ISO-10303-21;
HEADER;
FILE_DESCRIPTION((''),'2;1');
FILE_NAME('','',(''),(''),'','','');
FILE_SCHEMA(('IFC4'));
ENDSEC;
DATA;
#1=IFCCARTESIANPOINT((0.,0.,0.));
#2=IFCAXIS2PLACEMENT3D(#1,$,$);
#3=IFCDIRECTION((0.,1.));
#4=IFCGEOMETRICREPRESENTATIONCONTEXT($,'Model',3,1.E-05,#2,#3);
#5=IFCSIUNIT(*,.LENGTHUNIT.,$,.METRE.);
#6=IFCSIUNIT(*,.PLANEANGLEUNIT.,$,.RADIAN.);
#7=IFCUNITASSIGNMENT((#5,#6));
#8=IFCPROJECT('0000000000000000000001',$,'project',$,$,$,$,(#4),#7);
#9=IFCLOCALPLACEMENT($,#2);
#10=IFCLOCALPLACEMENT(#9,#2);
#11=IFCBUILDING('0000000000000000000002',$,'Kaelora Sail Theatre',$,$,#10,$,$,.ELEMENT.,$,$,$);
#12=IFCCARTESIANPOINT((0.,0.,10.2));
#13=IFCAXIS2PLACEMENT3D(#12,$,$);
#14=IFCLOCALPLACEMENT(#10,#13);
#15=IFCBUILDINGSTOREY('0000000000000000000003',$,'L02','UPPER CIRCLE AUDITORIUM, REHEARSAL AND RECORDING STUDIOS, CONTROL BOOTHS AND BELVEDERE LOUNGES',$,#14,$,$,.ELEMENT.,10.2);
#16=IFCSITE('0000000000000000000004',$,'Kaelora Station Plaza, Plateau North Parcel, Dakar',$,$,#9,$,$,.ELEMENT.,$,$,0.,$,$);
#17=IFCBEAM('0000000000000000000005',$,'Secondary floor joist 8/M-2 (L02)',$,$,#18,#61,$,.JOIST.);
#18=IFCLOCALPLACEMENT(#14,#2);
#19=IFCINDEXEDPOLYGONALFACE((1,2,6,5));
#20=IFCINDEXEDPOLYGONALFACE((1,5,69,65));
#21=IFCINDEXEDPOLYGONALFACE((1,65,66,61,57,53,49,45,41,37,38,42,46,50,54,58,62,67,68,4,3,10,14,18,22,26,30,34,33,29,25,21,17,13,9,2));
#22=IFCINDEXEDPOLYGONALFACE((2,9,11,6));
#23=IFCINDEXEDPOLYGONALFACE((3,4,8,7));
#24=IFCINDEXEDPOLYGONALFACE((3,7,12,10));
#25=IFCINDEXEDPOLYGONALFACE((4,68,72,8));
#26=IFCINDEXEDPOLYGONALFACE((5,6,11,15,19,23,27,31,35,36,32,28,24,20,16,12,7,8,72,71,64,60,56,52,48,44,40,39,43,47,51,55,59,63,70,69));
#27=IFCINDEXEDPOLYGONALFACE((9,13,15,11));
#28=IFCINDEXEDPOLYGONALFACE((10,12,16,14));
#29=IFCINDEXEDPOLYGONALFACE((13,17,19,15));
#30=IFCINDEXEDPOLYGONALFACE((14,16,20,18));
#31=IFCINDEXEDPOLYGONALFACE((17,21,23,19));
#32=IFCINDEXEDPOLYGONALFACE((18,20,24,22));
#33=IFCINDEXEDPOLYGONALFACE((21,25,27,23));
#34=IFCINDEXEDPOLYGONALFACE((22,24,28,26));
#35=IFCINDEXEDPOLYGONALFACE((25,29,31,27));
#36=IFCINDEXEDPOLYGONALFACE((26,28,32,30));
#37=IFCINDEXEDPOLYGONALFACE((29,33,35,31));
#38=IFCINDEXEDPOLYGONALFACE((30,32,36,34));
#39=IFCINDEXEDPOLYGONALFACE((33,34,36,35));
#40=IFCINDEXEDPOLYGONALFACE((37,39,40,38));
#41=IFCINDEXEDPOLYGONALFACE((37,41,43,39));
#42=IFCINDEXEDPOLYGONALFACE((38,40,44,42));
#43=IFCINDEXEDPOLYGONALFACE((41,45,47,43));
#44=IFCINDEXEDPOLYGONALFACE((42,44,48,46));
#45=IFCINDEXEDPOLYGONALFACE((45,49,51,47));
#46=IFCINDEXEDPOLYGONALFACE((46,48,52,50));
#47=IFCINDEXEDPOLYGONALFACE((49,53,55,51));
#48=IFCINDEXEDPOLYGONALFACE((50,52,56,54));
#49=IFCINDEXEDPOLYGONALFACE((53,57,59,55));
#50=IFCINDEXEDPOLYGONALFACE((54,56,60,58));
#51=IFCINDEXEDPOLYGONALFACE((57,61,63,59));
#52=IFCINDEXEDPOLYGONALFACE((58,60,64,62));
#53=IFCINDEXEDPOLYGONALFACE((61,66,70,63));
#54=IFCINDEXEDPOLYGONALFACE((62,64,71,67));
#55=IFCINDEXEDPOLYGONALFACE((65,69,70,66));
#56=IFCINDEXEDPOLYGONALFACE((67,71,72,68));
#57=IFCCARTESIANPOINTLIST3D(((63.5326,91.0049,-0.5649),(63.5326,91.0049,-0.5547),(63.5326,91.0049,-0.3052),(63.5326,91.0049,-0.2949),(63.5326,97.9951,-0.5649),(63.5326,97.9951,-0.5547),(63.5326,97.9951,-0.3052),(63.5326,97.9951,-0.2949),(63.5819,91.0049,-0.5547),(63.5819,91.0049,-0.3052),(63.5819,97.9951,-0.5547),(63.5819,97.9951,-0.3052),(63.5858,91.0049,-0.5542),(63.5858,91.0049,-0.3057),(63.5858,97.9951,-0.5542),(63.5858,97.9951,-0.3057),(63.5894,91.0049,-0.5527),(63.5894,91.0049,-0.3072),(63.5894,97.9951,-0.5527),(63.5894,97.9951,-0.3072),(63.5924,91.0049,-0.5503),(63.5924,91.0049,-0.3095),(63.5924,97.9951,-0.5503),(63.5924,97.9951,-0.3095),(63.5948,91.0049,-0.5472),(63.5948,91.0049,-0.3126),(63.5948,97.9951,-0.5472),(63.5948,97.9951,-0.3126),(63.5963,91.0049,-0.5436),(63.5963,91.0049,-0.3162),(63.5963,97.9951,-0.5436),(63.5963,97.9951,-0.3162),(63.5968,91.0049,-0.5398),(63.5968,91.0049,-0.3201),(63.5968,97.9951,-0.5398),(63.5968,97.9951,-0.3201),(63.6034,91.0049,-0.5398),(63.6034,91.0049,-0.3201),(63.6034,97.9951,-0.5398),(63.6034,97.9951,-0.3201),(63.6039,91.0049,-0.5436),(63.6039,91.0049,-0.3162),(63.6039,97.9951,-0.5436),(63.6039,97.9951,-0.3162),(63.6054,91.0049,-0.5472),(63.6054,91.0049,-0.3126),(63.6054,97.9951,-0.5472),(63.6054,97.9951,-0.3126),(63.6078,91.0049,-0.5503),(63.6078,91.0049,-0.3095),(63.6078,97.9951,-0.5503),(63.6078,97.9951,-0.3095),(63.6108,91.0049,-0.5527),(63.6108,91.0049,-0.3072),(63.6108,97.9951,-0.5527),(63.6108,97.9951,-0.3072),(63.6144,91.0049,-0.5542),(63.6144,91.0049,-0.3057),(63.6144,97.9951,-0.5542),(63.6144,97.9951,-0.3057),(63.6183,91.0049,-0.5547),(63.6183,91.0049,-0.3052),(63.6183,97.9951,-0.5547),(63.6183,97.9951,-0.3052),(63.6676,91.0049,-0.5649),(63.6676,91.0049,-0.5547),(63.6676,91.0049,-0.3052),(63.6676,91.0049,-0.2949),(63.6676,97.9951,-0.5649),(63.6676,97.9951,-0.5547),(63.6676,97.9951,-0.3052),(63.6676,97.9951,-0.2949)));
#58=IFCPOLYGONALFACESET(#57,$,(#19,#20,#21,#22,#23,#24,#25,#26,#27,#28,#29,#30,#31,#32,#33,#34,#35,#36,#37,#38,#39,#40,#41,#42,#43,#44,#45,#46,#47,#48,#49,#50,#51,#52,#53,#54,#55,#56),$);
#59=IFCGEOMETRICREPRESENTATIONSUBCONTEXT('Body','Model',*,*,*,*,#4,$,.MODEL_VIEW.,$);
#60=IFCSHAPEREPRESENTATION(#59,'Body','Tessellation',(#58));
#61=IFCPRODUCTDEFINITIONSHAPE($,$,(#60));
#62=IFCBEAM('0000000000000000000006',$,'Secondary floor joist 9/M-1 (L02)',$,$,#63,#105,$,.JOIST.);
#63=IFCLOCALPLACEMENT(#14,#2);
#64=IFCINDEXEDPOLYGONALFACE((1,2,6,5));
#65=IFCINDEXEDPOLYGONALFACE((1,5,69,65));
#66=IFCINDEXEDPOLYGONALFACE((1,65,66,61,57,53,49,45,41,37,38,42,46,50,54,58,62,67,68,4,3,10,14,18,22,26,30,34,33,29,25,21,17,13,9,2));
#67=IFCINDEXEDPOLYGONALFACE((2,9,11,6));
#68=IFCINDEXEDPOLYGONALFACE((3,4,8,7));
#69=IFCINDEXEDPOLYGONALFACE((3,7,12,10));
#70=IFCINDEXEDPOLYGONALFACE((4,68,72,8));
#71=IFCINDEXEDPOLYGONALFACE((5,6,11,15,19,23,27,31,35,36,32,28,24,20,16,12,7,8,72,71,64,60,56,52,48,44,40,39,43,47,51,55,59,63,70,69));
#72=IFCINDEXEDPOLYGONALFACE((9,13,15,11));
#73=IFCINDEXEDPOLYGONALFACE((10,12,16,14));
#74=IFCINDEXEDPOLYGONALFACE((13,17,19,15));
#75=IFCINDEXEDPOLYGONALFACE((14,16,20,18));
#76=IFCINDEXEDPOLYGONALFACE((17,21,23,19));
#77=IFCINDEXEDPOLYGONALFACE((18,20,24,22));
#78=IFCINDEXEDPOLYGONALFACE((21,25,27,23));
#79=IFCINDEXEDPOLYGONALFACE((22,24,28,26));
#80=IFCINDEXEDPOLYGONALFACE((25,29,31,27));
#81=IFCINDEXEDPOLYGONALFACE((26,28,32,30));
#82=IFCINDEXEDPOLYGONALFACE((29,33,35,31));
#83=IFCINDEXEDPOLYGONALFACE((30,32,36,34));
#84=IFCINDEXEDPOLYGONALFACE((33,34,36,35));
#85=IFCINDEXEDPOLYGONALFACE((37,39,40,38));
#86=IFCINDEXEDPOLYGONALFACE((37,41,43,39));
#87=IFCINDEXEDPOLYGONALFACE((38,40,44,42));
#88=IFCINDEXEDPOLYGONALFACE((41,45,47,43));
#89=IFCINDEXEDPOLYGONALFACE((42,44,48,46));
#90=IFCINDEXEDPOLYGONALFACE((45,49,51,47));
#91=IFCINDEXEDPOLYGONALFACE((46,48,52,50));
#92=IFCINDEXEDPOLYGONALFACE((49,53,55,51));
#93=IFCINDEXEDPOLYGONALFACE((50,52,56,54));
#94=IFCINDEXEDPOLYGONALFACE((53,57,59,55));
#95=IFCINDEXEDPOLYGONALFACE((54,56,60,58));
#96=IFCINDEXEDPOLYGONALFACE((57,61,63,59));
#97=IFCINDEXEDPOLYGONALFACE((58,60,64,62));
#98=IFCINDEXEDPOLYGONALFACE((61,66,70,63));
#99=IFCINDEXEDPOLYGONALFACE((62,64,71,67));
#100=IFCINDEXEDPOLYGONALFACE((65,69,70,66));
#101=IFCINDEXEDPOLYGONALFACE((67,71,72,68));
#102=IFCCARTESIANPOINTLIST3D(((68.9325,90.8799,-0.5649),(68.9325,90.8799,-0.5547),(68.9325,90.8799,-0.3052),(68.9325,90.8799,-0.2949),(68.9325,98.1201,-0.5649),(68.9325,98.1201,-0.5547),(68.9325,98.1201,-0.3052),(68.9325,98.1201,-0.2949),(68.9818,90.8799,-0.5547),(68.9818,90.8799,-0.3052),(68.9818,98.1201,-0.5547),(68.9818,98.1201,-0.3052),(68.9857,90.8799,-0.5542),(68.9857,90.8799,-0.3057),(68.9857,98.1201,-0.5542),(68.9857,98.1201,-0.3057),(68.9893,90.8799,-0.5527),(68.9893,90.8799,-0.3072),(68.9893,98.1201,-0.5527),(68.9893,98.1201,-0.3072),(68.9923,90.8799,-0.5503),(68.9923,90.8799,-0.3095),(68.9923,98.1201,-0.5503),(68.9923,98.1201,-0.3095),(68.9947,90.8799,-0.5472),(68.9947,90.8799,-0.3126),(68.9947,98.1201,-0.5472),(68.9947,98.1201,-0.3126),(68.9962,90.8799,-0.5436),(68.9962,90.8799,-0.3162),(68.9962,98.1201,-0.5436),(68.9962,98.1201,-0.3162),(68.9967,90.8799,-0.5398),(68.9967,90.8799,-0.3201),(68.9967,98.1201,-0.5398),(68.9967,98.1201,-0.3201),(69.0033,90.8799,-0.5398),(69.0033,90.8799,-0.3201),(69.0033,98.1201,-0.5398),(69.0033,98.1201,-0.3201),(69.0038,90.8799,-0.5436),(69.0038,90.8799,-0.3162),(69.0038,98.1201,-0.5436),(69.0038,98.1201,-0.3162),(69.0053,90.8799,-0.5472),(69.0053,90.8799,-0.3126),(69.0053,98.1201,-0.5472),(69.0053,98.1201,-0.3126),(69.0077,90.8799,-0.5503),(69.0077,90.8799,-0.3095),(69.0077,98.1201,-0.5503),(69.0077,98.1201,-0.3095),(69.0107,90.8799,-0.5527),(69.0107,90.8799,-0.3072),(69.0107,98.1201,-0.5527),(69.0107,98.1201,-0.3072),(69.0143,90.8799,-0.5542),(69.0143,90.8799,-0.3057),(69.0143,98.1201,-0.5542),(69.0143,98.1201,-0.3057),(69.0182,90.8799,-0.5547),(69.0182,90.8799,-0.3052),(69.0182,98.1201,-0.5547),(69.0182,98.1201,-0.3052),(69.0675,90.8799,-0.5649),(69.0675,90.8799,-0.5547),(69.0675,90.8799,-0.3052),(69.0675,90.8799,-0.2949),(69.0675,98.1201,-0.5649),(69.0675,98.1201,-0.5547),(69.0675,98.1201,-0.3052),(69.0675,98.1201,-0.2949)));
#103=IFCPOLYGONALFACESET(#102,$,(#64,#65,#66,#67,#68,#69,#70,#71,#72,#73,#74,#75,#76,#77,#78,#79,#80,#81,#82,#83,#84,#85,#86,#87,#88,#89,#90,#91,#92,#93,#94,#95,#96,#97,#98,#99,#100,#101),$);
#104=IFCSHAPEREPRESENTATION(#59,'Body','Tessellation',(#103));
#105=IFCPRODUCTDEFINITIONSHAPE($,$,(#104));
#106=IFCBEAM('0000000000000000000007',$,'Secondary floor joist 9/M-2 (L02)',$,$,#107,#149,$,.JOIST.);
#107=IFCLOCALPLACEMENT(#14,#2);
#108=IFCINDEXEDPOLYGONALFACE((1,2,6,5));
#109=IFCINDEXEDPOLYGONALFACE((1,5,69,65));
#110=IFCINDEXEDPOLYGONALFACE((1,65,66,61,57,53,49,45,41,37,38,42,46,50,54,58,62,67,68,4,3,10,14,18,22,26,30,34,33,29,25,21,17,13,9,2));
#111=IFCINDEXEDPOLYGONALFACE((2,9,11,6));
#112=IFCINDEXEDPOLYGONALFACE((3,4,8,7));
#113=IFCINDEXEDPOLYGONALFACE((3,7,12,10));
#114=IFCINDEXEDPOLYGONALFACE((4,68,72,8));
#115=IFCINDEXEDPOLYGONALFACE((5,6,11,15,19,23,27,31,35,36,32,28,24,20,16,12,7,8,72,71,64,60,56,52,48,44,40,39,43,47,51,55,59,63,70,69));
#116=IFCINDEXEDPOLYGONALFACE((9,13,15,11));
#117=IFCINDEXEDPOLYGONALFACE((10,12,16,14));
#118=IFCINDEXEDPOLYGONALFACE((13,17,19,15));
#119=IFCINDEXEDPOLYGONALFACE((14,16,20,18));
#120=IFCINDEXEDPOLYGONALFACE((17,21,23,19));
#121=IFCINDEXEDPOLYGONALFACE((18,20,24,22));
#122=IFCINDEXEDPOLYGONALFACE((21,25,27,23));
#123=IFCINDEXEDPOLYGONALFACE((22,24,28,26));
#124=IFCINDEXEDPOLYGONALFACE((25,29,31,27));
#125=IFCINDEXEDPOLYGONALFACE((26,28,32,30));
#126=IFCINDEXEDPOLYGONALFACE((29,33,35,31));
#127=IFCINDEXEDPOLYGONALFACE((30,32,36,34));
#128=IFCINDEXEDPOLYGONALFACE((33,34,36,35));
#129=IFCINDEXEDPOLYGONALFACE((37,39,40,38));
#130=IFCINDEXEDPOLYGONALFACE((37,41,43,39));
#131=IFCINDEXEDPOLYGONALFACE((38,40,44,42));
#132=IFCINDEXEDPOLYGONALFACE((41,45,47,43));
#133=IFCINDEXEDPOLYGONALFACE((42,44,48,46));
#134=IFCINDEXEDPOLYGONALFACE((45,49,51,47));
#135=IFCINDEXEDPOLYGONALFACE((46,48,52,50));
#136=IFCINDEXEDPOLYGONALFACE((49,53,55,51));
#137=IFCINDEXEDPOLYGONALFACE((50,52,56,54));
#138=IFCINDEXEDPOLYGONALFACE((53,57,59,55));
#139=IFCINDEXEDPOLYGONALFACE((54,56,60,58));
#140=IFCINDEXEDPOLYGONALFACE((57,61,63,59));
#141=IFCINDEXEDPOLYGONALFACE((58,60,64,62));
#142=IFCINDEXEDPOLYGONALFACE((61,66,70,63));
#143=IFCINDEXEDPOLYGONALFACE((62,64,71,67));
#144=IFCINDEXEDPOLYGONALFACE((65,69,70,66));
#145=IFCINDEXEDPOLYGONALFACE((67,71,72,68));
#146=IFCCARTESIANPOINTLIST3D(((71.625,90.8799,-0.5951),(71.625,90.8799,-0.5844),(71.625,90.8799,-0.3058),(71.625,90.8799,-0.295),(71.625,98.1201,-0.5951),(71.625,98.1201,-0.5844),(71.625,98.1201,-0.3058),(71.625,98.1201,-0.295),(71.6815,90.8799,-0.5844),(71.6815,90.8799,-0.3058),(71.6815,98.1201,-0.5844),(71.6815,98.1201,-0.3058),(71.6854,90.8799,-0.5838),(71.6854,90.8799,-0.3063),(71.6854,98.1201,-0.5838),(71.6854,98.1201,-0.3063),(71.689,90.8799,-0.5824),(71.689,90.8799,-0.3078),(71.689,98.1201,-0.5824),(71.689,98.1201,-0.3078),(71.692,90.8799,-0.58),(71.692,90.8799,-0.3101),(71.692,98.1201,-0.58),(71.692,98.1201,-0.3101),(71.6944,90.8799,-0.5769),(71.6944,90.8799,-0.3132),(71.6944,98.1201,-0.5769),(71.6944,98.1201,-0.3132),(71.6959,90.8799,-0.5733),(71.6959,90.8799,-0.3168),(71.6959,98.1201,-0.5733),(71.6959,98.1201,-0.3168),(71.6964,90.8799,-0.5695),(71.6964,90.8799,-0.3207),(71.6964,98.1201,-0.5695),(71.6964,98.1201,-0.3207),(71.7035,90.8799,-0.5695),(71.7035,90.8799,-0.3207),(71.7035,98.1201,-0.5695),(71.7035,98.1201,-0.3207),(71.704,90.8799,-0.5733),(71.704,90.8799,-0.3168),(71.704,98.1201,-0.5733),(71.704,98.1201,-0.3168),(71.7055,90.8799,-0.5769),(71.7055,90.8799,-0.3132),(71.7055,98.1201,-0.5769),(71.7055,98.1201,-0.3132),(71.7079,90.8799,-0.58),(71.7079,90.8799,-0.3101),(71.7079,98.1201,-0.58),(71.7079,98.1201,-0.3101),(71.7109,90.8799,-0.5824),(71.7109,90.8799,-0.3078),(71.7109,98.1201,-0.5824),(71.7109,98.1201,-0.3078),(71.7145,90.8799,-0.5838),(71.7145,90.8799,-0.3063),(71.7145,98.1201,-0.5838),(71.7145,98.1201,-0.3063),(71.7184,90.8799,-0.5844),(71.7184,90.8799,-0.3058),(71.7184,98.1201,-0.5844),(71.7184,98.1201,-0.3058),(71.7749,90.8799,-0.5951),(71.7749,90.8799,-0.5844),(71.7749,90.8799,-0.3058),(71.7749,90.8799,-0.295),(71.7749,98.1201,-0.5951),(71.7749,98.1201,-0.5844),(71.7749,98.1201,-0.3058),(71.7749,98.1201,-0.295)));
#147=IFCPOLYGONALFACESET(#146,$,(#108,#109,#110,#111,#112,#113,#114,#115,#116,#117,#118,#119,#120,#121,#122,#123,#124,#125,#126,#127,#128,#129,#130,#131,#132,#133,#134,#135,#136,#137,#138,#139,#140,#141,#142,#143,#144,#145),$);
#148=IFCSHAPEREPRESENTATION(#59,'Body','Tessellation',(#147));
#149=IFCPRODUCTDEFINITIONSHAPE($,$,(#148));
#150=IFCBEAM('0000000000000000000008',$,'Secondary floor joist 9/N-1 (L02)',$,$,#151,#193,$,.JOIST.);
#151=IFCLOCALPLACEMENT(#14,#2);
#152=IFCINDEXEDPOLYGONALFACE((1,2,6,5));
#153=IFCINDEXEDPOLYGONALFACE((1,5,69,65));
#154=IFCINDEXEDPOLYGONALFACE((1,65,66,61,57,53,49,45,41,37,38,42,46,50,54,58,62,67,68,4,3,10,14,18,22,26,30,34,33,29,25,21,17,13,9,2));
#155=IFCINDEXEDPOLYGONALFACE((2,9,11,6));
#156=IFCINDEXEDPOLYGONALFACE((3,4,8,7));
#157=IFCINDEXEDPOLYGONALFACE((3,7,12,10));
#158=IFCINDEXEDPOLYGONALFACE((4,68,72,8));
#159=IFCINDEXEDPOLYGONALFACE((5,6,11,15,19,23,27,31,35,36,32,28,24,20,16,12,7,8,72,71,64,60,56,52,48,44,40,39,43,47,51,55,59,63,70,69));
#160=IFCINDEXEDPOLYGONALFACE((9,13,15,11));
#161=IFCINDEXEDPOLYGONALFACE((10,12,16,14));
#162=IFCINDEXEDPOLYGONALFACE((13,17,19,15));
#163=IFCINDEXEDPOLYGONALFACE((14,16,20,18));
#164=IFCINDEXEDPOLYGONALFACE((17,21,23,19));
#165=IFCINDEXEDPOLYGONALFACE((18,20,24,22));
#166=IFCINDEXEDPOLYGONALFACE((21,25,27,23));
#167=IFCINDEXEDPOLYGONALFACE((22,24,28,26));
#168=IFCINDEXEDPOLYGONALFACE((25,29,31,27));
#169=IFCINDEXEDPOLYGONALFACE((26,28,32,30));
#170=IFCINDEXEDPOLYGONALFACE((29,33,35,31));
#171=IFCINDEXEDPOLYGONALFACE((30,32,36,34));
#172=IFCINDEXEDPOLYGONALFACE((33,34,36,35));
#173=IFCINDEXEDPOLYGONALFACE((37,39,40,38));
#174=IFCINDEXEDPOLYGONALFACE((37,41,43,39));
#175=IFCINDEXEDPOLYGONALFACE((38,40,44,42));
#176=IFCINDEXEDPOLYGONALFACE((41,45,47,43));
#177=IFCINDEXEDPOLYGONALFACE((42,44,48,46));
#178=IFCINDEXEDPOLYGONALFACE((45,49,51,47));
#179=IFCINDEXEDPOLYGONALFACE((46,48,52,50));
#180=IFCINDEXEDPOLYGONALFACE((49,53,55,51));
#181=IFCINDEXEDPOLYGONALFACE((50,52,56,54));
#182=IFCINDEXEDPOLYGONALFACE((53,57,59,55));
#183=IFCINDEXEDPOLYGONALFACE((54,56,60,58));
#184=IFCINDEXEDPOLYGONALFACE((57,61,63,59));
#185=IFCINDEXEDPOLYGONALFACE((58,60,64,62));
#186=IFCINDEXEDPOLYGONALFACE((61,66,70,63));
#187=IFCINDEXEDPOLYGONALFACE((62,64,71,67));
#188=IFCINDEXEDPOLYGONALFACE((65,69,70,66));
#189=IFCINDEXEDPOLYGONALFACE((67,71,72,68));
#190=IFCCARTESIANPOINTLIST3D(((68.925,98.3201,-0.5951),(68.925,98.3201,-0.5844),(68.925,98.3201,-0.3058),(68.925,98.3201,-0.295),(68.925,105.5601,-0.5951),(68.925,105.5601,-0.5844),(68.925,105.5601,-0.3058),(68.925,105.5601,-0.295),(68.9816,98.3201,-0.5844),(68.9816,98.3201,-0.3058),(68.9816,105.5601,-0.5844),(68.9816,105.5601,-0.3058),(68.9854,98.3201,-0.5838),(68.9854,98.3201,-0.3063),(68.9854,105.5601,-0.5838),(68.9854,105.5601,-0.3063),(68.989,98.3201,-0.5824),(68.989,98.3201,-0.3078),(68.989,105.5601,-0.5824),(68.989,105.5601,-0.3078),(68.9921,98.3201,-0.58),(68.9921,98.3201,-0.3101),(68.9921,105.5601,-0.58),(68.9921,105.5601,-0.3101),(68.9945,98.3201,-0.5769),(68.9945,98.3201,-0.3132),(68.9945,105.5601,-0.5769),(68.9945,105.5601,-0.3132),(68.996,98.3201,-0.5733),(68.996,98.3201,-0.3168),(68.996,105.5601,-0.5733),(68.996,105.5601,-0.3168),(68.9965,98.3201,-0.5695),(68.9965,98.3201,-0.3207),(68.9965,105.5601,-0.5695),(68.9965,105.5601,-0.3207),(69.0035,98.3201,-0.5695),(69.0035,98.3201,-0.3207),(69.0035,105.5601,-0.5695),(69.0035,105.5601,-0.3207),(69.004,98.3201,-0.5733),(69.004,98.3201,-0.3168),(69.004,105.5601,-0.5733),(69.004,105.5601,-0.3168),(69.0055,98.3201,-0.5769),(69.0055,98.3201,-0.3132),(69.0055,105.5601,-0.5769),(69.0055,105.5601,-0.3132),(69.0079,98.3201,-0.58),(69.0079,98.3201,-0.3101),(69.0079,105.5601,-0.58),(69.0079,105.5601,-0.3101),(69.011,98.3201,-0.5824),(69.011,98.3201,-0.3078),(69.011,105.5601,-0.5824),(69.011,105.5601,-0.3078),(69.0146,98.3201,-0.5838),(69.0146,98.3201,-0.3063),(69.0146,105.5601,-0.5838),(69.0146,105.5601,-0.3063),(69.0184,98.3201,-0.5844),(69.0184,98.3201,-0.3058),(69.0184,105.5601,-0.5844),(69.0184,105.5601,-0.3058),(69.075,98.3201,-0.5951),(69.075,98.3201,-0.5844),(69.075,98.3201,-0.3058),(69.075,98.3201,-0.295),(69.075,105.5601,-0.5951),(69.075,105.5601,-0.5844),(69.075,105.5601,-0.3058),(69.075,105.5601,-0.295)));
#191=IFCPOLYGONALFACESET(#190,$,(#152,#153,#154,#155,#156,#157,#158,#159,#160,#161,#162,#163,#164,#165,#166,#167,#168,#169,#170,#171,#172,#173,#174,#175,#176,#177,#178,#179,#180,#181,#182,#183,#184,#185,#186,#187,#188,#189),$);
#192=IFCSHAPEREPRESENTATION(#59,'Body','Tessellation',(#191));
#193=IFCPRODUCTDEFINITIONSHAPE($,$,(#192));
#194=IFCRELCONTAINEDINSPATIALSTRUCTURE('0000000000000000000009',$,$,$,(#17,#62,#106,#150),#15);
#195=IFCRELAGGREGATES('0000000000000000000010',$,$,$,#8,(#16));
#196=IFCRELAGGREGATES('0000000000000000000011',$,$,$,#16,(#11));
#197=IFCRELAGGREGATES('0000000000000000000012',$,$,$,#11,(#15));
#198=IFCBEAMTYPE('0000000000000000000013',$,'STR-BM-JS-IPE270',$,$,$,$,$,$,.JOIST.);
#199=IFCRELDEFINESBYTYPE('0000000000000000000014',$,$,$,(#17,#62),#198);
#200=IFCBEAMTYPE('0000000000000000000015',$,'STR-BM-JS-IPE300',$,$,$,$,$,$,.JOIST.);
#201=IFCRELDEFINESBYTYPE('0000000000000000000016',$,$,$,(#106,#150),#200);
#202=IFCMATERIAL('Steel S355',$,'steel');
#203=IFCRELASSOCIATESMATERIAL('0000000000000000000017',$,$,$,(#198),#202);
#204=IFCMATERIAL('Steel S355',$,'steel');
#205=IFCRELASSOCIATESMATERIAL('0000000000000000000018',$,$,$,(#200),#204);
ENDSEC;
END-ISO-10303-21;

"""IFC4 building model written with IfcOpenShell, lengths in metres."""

from ifc_helpers import new_model, si_unit, direction, frame, origin, origin_2d, place, context, subcontext, project, spatial, i_section, extrude, material, material_profile, profile_set, type_object, element, save


model = new_model("IFC4")

# Units and contexts
model_context = context("Model", 3, precision=1e-05, world=origin(), true_north=direction((0.0, 1.0)))
body_context = subcontext(model_context, "Body", "Model", "MODEL_VIEW")
ifc_project = project(units=[si_unit("LENGTHUNIT", "METRE"), si_unit("PLANEANGLEUNIT", "RADIAN")], contexts=[model_context])

# Site, building, storey
site_placement = place(None, origin())
site = spatial("IfcSite", under=ifc_project, at=site_placement, Name="Kaelora Station Plaza, Plateau North Parcel, Dakar", CompositionType="ELEMENT", RefElevation=0.0)
building_placement = place(site_placement, origin())
building = spatial("IfcBuilding", under=site, at=building_placement, Name="Kaelora Sail Theatre", CompositionType="ELEMENT")
storey_placement = place(building_placement, frame((0.0, 0.0, 10.2)))
storey = spatial("IfcBuildingStorey", under=building, at=storey_placement, Name="L02", Description="UPPER CIRCLE AUDITORIUM, REHEARSAL AND RECORDING STUDIOS, CONTROL BOOTHS AND BELVEDERE LOUNGES", CompositionType="ELEMENT", Elevation=10.2)

# Beams
ifc_material_1 = material(Name="Steel S355", Category="steel")
ifc_material_profile_1 = material_profile(ifc_material_1, i_section(OverallWidth=0.135, OverallDepth=0.27, WebThickness=0.0066, FlangeThickness=0.0103, FilletRadius=0.0149, at=origin_2d()), Name="IPE 270")
ifc_profile_set_1 = profile_set([ifc_material_profile_1], Name="Steel S355")
beam_type_1 = type_object("IfcBeamType", Name="STR-BM-JS-IPE270", PredefinedType="JOIST", material=ifc_profile_set_1)
beam_1_placement = place(storey_placement, frame((63.6001, 91.0049, -0.4299), z_axis=(0.0, 1.0, 0.0), x_axis=(-1.0, 0.0, 0.0)))
element("IfcBeam", 1, at=beam_1_placement, inside=storey, type_object=beam_type_1, Name="Secondary floor joist 8/M-2 (L02)", PredefinedType="JOIST", context=body_context, shape_type="SweptSolid", body=[
    extrude(i_section(OverallWidth=0.135, OverallDepth=0.27, WebThickness=0.0066, FlangeThickness=0.0103, FilletRadius=0.0149, at=origin_2d()), origin(), (0.0, 0.0, 1.0), 6.9902),
])
beam_2_placement = place(storey_placement, frame((69.0, 90.8799, -0.4299), z_axis=(0.0, 1.0, 0.0), x_axis=(-1.0, 0.0, 0.0)))
element("IfcBeam", 2, at=beam_2_placement, inside=storey, type_object=beam_type_1, Name="Secondary floor joist 9/M-1 (L02)", PredefinedType="JOIST", context=body_context, shape_type="SweptSolid", body=[
    extrude(i_section(OverallWidth=0.135, OverallDepth=0.27, WebThickness=0.0066, FlangeThickness=0.0103, FilletRadius=0.0149, at=origin_2d()), origin(), (0.0, 0.0, 1.0), 7.2402),
])
ifc_material_2 = material(Name="Steel S355", Category="steel")
ifc_material_profile_2 = material_profile(ifc_material_2, i_section(OverallWidth=0.1499, OverallDepth=0.3, WebThickness=0.0071, FlangeThickness=0.0107, FilletRadius=0.0149, at=origin_2d()), Name="IPE 300")
ifc_profile_set_2 = profile_set([ifc_material_profile_2], Name="Steel S355")
beam_type_2 = type_object("IfcBeamType", Name="STR-BM-JS-IPE300", PredefinedType="JOIST", material=ifc_profile_set_2)
beam_3_placement = place(storey_placement, frame((71.7, 90.8799, -0.4451), z_axis=(0.0, 1.0, 0.0), x_axis=(-1.0, 0.0, 0.0)))
element("IfcBeam", 3, at=beam_3_placement, inside=storey, type_object=beam_type_2, Name="Secondary floor joist 9/M-2 (L02)", PredefinedType="JOIST", context=body_context, shape_type="SweptSolid", body=[
    extrude(i_section(OverallWidth=0.1499, OverallDepth=0.3, WebThickness=0.0071, FlangeThickness=0.0107, FilletRadius=0.0149, at=origin_2d()), origin(), (0.0, 0.0, 1.0), 7.2402),
])
beam_4_placement = place(storey_placement, frame((69.0, 98.3201, -0.4451), z_axis=(0.0, 1.0, 0.0), x_axis=(-1.0, 0.0, 0.0)))
element("IfcBeam", 4, at=beam_4_placement, inside=storey, type_object=beam_type_2, Name="Secondary floor joist 9/N-1 (L02)", PredefinedType="JOIST", context=body_context, shape_type="SweptSolid", body=[
    extrude(i_section(OverallWidth=0.1499, OverallDepth=0.3, WebThickness=0.0071, FlangeThickness=0.0107, FilletRadius=0.0149, at=origin_2d()), origin(), (0.0, 0.0, 1.0), 7.24),
])

save(model, "model.ifc")
